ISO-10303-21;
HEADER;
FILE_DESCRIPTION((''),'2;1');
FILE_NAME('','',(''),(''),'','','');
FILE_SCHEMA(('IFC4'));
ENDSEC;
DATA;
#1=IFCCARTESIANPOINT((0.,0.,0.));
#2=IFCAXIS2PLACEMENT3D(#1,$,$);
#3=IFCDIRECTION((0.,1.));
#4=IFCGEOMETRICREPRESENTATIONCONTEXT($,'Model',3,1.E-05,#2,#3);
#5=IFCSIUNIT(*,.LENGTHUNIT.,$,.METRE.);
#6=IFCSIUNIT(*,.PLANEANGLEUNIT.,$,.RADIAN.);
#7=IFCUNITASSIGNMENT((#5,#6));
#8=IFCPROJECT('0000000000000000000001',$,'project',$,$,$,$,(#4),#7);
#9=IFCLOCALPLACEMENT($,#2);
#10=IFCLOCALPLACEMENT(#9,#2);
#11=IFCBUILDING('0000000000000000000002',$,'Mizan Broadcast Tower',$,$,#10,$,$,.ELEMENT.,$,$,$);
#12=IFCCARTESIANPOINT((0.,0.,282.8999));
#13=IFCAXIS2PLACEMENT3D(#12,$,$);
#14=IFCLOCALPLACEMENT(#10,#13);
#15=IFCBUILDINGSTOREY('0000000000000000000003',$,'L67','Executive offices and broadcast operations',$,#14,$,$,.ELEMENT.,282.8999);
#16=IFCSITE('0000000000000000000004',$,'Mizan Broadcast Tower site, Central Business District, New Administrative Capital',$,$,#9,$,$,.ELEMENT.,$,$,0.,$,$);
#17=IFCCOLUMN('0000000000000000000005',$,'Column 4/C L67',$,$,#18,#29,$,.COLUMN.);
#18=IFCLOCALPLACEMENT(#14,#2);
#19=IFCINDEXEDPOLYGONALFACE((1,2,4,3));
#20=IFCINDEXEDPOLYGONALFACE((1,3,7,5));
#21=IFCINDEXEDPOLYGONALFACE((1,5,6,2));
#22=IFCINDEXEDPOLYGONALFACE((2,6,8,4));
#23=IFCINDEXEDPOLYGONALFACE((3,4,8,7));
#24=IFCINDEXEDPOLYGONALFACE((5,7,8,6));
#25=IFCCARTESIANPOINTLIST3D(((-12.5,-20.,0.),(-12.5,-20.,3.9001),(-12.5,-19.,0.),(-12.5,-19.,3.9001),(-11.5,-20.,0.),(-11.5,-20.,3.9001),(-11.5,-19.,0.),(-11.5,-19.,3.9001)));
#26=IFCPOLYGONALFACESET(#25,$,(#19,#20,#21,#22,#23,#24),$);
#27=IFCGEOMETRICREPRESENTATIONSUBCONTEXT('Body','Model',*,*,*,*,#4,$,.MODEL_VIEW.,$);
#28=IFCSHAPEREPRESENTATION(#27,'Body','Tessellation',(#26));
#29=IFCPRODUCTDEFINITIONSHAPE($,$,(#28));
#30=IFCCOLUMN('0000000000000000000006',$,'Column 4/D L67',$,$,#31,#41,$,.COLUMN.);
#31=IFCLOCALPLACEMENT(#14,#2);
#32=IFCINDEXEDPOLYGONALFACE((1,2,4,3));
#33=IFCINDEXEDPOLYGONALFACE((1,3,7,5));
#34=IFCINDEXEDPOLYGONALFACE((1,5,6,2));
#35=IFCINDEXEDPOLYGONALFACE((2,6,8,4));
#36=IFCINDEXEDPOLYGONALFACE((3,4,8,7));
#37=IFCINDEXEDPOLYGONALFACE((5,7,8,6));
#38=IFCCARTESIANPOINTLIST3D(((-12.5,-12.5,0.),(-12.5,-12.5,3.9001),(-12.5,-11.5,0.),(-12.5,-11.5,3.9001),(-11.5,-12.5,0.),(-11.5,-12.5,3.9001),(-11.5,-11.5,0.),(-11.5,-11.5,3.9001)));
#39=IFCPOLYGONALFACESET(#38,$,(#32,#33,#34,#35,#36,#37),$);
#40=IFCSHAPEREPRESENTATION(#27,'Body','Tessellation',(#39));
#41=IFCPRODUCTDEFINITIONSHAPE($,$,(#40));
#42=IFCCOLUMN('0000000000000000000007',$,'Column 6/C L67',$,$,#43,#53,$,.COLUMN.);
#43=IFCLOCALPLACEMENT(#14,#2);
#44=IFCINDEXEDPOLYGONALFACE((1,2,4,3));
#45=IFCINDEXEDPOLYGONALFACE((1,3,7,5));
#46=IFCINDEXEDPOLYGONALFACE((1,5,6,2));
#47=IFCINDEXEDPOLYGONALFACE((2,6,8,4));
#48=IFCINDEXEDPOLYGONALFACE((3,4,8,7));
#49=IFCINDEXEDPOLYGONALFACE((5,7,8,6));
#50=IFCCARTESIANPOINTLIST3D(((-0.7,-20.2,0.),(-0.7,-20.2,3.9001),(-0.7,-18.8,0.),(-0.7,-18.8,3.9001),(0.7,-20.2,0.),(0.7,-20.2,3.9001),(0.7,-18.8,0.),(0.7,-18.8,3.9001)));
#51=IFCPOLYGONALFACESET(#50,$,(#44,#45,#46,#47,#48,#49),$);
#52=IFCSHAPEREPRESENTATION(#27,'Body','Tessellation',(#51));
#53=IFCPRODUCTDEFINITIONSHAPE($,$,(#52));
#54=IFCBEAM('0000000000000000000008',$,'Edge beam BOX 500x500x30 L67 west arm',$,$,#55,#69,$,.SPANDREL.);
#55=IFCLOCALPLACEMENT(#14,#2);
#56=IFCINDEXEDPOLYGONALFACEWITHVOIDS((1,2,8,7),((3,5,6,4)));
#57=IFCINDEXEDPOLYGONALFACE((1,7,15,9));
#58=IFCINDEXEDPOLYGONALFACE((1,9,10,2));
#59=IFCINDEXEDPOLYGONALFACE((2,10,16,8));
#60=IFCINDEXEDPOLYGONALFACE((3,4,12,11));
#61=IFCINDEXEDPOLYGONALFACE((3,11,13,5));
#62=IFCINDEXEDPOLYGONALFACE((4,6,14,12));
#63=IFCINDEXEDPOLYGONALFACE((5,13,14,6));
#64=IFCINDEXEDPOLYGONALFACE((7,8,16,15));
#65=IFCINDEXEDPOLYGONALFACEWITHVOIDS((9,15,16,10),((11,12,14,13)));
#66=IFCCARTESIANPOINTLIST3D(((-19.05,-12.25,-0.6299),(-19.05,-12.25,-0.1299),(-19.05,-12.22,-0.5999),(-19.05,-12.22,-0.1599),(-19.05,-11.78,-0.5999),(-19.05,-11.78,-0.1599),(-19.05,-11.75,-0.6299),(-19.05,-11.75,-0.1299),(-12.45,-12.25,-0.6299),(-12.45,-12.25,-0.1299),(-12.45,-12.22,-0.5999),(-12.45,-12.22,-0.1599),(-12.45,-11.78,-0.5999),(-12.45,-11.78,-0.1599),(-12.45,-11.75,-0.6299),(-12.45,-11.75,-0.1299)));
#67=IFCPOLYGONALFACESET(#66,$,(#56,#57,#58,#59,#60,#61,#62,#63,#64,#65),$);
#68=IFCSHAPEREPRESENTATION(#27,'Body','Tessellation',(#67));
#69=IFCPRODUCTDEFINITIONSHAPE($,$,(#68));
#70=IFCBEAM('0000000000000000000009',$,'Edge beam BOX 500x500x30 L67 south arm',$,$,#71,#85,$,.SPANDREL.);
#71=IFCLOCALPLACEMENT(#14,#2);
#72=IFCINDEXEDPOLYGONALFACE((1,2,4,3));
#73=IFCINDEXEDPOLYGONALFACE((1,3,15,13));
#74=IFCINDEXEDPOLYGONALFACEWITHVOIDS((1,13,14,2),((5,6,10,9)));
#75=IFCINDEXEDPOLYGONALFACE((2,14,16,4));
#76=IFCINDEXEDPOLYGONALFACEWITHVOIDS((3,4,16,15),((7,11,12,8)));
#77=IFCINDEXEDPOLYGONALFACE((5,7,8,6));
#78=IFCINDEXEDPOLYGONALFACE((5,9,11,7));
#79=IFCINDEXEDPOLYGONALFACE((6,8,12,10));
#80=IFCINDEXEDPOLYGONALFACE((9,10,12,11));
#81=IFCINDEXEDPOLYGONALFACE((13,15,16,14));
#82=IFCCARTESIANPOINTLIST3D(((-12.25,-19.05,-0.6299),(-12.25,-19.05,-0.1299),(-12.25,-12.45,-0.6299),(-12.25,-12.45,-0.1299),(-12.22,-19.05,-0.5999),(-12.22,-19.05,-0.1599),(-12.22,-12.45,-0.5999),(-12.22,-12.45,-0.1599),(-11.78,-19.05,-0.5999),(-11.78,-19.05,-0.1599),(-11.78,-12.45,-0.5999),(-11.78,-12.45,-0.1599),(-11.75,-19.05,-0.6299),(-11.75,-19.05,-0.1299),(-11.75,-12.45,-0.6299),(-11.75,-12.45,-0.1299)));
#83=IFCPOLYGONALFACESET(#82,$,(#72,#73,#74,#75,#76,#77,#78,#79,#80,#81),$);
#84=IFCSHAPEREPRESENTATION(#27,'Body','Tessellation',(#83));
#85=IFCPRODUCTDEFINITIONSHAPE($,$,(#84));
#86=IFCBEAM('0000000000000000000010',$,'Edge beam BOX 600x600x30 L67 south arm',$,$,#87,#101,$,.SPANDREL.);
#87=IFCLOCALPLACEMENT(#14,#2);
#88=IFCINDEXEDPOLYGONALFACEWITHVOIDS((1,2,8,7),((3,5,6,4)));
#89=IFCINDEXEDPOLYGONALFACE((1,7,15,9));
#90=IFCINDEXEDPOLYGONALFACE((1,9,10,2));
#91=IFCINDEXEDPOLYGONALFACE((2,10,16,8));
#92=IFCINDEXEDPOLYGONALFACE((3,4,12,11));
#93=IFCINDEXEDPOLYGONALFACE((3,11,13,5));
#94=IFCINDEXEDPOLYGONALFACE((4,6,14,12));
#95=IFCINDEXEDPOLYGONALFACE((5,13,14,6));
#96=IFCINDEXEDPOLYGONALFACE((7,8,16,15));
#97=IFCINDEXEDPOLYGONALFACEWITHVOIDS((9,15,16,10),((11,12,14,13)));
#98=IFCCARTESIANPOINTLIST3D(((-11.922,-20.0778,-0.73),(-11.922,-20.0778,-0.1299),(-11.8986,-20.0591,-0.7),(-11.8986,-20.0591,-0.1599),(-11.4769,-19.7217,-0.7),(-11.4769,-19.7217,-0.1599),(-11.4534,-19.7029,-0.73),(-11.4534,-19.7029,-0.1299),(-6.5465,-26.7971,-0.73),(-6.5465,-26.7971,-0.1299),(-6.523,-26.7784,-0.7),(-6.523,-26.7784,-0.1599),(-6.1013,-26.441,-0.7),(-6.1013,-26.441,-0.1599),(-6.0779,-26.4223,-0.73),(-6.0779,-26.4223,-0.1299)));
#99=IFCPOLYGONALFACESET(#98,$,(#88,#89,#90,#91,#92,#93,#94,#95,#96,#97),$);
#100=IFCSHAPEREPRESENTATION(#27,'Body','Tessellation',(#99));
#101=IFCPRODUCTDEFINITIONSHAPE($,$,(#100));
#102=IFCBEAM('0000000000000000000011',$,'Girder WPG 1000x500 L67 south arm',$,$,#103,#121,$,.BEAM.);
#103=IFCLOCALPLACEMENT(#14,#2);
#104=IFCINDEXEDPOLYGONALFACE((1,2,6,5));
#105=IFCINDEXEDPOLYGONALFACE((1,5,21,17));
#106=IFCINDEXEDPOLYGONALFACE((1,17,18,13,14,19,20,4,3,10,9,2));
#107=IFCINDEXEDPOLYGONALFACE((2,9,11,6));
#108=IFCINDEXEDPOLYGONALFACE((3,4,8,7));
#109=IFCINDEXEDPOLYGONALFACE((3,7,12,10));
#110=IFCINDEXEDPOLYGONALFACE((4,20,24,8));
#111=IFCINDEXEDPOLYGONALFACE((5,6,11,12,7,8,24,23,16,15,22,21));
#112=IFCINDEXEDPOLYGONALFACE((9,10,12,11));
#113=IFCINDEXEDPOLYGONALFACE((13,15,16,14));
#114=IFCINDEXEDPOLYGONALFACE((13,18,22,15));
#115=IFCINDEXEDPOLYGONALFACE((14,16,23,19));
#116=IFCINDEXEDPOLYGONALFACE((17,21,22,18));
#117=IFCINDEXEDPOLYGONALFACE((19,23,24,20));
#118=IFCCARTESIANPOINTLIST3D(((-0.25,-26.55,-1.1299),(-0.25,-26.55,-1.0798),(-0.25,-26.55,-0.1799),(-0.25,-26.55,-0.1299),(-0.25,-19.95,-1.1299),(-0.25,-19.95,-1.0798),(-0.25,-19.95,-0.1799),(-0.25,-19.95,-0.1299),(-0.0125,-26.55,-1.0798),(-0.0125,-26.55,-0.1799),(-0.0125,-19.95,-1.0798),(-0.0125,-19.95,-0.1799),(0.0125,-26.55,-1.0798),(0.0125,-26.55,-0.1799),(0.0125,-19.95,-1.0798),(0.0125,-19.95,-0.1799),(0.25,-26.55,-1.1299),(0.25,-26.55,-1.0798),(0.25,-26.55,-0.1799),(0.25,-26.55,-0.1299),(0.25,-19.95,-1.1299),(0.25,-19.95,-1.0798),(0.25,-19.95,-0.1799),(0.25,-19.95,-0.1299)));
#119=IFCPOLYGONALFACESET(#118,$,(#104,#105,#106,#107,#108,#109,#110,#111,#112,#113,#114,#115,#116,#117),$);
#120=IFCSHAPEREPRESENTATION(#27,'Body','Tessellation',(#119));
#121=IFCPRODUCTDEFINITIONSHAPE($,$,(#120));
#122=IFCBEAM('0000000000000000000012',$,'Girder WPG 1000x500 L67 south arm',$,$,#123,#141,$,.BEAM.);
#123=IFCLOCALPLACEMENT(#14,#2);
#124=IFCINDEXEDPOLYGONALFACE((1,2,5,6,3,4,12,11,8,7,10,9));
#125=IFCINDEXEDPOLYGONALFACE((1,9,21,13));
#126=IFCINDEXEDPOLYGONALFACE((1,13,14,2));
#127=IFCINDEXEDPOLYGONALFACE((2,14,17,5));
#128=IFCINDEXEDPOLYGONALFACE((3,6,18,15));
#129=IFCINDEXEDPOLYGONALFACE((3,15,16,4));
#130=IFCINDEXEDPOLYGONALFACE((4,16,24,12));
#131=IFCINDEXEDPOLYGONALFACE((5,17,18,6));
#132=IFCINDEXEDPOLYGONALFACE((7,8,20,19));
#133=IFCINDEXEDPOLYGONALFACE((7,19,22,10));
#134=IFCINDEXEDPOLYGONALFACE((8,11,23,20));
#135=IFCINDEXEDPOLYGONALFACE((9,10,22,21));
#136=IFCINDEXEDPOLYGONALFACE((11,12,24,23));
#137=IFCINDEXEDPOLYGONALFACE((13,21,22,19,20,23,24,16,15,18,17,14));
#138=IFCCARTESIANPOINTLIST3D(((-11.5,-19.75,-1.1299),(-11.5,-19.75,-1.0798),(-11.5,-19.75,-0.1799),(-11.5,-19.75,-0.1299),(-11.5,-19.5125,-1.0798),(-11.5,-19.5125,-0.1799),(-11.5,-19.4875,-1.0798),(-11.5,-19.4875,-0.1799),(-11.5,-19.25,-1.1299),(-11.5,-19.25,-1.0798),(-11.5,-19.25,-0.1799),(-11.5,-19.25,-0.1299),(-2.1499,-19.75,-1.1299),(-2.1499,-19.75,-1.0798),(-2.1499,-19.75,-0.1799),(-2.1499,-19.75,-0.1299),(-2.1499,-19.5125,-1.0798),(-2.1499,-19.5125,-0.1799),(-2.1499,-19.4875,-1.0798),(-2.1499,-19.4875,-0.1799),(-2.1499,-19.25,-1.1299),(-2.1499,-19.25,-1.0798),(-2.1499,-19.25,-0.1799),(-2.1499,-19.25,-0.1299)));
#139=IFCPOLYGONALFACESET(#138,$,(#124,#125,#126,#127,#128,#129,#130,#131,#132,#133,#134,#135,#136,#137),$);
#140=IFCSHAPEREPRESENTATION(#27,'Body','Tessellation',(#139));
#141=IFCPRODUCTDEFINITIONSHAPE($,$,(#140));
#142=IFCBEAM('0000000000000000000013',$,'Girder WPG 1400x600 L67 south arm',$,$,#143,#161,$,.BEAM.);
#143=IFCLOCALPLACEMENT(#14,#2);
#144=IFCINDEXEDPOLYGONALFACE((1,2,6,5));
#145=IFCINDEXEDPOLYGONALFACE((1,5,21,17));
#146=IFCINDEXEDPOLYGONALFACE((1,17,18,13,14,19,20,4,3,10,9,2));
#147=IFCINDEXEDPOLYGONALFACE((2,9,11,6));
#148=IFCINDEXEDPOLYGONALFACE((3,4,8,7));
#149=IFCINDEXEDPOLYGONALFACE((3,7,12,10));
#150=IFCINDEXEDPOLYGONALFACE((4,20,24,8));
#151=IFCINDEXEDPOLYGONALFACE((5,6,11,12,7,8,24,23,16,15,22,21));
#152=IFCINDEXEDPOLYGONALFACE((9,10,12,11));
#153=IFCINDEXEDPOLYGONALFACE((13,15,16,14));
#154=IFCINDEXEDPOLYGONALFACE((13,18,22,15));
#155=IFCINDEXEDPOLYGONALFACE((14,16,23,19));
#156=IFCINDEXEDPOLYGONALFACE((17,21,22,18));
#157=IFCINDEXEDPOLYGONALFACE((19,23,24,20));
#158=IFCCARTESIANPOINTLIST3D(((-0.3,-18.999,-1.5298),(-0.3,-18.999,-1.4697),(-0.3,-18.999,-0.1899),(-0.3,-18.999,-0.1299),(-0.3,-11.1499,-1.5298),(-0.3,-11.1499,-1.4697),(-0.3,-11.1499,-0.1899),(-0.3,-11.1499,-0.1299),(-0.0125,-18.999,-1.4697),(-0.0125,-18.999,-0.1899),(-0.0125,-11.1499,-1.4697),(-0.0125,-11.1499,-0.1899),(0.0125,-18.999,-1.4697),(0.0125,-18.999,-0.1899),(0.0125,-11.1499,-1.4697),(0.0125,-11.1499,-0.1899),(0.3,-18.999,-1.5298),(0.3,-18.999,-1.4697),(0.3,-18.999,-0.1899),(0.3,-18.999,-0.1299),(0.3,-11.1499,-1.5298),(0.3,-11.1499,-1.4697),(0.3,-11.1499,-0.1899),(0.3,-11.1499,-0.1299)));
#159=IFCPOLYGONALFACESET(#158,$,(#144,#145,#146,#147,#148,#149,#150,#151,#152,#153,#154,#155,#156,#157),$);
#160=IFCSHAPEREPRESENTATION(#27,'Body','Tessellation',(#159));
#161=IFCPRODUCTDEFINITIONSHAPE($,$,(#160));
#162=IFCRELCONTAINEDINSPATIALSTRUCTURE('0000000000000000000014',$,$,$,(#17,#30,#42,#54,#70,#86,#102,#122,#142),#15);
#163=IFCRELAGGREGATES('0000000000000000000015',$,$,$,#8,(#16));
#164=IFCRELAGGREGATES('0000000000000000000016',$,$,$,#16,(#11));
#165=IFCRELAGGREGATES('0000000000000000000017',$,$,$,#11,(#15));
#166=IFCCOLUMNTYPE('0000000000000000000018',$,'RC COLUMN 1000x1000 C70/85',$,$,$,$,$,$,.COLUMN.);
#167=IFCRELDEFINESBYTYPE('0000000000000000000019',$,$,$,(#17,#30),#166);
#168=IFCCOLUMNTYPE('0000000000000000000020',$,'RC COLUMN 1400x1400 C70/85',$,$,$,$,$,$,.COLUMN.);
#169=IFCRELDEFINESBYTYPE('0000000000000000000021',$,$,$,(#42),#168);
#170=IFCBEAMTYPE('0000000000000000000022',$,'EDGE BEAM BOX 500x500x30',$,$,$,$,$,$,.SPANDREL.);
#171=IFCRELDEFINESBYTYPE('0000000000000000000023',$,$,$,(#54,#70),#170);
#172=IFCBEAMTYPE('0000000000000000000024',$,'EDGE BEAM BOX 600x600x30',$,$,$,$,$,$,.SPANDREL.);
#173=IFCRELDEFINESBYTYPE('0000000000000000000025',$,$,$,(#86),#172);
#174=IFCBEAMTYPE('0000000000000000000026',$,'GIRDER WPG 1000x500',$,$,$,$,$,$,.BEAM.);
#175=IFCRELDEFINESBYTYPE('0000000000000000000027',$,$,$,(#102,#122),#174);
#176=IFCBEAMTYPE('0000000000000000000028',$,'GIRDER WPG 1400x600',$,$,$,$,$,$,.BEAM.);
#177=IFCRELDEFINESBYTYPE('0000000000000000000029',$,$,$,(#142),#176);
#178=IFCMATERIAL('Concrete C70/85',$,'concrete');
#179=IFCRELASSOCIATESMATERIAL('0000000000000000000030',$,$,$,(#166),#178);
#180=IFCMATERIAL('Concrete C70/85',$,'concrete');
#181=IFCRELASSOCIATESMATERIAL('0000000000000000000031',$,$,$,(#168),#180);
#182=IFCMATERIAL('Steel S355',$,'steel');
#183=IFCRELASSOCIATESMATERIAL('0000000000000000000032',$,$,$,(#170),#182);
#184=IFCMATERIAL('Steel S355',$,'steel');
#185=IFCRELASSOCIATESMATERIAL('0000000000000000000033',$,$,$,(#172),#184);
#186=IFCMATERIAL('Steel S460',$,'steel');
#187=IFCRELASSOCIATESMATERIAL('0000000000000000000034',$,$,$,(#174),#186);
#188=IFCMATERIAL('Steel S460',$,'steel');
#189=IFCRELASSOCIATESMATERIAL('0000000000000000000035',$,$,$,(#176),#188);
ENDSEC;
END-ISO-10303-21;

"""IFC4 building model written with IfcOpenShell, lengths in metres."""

from ifc_helpers import new_model, si_unit, direction, frame, origin, origin_2d, place, context, subcontext, project, spatial, rectangle, hollow_rectangle, i_section, extrude, material, material_profile, profile_set, type_object, element, save


model = new_model("IFC4")

# Units and contexts
model_context = context("Model", 3, precision=1e-05, world=origin(), true_north=direction((0.0, 1.0)))
body_context = subcontext(model_context, "Body", "Model", "MODEL_VIEW")
ifc_project = project(units=[si_unit("LENGTHUNIT", "METRE"), si_unit("PLANEANGLEUNIT", "RADIAN")], contexts=[model_context])

# Site, building, storey
site_placement = place(None, origin())
site = spatial("IfcSite", under=ifc_project, at=site_placement, Name="Mizan Broadcast Tower site, Central Business District, New Administrative Capital", CompositionType="ELEMENT", RefElevation=0.0)
building_placement = place(site_placement, origin())
building = spatial("IfcBuilding", under=site, at=building_placement, Name="Mizan Broadcast Tower", CompositionType="ELEMENT")
storey_placement = place(building_placement, frame((0.0, 0.0, 282.8999)))
storey = spatial("IfcBuildingStorey", under=building, at=storey_placement, Name="L67", Description="Executive offices and broadcast operations", CompositionType="ELEMENT", Elevation=282.8999)

# Columns
ifc_material_1 = material(Name="Concrete C70/85", Category="concrete")
ifc_material_profile_1 = material_profile(ifc_material_1, rectangle(XDim=1.0, YDim=1.0, at=origin_2d()), Name="RC 1000x1000")
ifc_profile_set_1 = profile_set([ifc_material_profile_1], Name="Concrete C70/85")
column_type_1 = type_object("IfcColumnType", Name="RC COLUMN 1000x1000 C70/85", PredefinedType="COLUMN", material=ifc_profile_set_1)
for number, where, z_axis, x_axis, name in (
    (1, (-12.0, -19.5, 0.0), (0.0, 0.0, 1.0), (1.0, 0.0, 0.0), "Column 4/C L67"),
    (2, (-12.0, -12.0, 0.0), (0.0, 0.0, 1.0), (1.0, 0.0, 0.0), "Column 4/D L67"),
):
    element("IfcColumn", number, at=place(storey_placement, frame(where, z_axis=z_axis, x_axis=x_axis)), inside=storey, type_object=column_type_1, Name=name, PredefinedType="COLUMN", context=body_context, shape_type="SweptSolid", body=[
        extrude(rectangle(XDim=1.0, YDim=1.0, at=origin_2d()), origin(), (0.0, 0.0, 1.0), 3.9001),
    ])
ifc_material_2 = material(Name="Concrete C70/85", Category="concrete")
ifc_material_profile_2 = material_profile(ifc_material_2, rectangle(XDim=1.3999, YDim=1.3999, at=origin_2d()), Name="RC 1400x1400")
ifc_profile_set_2 = profile_set([ifc_material_profile_2], Name="Concrete C70/85")
column_type_2 = type_object("IfcColumnType", Name="RC COLUMN 1400x1400 C70/85", PredefinedType="COLUMN", material=ifc_profile_set_2)
column_placement = place(storey_placement, frame((0.0, -19.5, 0.0), z_axis=(0.0, 0.0, 1.0), x_axis=(1.0, 0.0, 0.0)))
element("IfcColumn", 3, at=column_placement, inside=storey, type_object=column_type_2, Name="Column 6/C L67", PredefinedType="COLUMN", context=body_context, shape_type="SweptSolid", body=[
    extrude(rectangle(XDim=1.3999, YDim=1.3999, at=origin_2d()), origin(), (0.0, 0.0, 1.0), 3.9001),
])

# Beams
ifc_material_3 = material(Name="Steel S355", Category="steel")
ifc_material_profile_3 = material_profile(ifc_material_3, hollow_rectangle(XDim=0.5, YDim=0.5, WallThickness=0.03, at=origin_2d()), Name="BOX 500x500x30")
ifc_profile_set_3 = profile_set([ifc_material_profile_3], Name="Steel S355")
beam_type_1 = type_object("IfcBeamType", Name="EDGE BEAM BOX 500x500x30", PredefinedType="SPANDREL", material=ifc_profile_set_3)
for number, where, z_axis, x_axis, name in (
    (4, (-12.45, -12.0, -0.3799), (-1.0, 0.0, 0.0), (0.0, -1.0, 0.0), "Edge beam BOX 500x500x30 L67 west arm"),
    (5, (-12.0, -12.45, -0.3799), (0.0, -1.0, 0.0), (1.0, 0.0, 0.0), "Edge beam BOX 500x500x30 L67 south arm"),
):
    element("IfcBeam", number, at=place(storey_placement, frame(where, z_axis=z_axis, x_axis=x_axis)), inside=storey, type_object=beam_type_1, Name=name, PredefinedType="SPANDREL", context=body_context, shape_type="SweptSolid", body=[
        extrude(hollow_rectangle(XDim=0.5, YDim=0.5, WallThickness=0.03, at=origin_2d()), origin(), (0.0, 0.0, 1.0), 6.6001),
    ])
ifc_material_4 = material(Name="Steel S355", Category="steel")
ifc_material_profile_4 = material_profile(ifc_material_4, hollow_rectangle(XDim=0.6001, YDim=0.6001, WallThickness=0.03, at=origin_2d()), Name="BOX 600x600x30")
ifc_profile_set_4 = profile_set([ifc_material_profile_4], Name="Steel S355")
beam_type_2 = type_object("IfcBeamType", Name="EDGE BEAM BOX 600x600x30", PredefinedType="SPANDREL", material=ifc_profile_set_4)
beam_1_placement = place(storey_placement, frame((-11.6877, -19.8904, -0.4299), z_axis=(0.624702, -0.780863, 0.0), x_axis=(0.780863, 0.624702, 0.0)))
element("IfcBeam", 6, at=beam_1_placement, inside=storey, type_object=beam_type_2, Name="Edge beam BOX 600x600x30 L67 south arm", PredefinedType="SPANDREL", context=body_context, shape_type="SweptSolid", body=[
    extrude(hollow_rectangle(XDim=0.6001, YDim=0.6001, WallThickness=0.03, at=origin_2d()), origin(), (0.0, 0.0, 1.0), 8.605),
])
ifc_material_5 = material(Name="Steel S460", Category="steel")
ifc_material_profile_5 = material_profile(ifc_material_5, i_section(OverallWidth=0.5, OverallDepth=1.0, WebThickness=0.0249, FlangeThickness=0.05, at=origin_2d()), Name="WPG 1000x500")
ifc_profile_set_5 = profile_set([ifc_material_profile_5], Name="Steel S460")
beam_type_3 = type_object("IfcBeamType", Name="GIRDER WPG 1000x500", PredefinedType="BEAM", material=ifc_profile_set_5)
beam_2_placement = place(storey_placement, frame((0.0, -19.95, -0.6299), z_axis=(0.0, -1.0, 0.0), x_axis=(1.0, 0.0, 0.0)))
element("IfcBeam", 7, at=beam_2_placement, inside=storey, type_object=beam_type_3, Name="Girder WPG 1000x500 L67 south arm", PredefinedType="BEAM", context=body_context, shape_type="SweptSolid", body=[
    extrude(i_section(OverallWidth=0.5, OverallDepth=1.0, WebThickness=0.0249, FlangeThickness=0.05, at=origin_2d()), origin(), (0.0, 0.0, 1.0), 6.6001),
])
beam_3_placement = place(storey_placement, frame((-11.5, -19.5, -0.6299), z_axis=(1.0, 0.0, 0.0), x_axis=(0.0, 1.0, 0.0)))
element("IfcBeam", 8, at=beam_3_placement, inside=storey, type_object=beam_type_3, Name="Girder WPG 1000x500 L67 south arm", PredefinedType="BEAM", context=body_context, shape_type="SweptSolid", body=[
    extrude(i_section(OverallWidth=0.5, OverallDepth=1.0, WebThickness=0.0249, FlangeThickness=0.05, at=origin_2d()), origin(), (0.0, 0.0, 1.0), 9.3501),
])
ifc_material_6 = material(Name="Steel S460", Category="steel")
ifc_material_profile_6 = material_profile(ifc_material_6, i_section(OverallWidth=0.6001, OverallDepth=1.3999, WebThickness=0.0249, FlangeThickness=0.0601, at=origin_2d()), Name="WPG 1400x600")
ifc_profile_set_6 = profile_set([ifc_material_profile_6], Name="Steel S460")
beam_type_4 = type_object("IfcBeamType", Name="GIRDER WPG 1400x600", PredefinedType="BEAM", material=ifc_profile_set_6)
beam_4_placement = place(storey_placement, frame((0.0, -11.1499, -0.8298), z_axis=(0.0, -1.0, 0.0), x_axis=(1.0, 0.0, 0.0)))
element("IfcBeam", 9, at=beam_4_placement, inside=storey, type_object=beam_type_4, Name="Girder WPG 1400x600 L67 south arm", PredefinedType="BEAM", context=body_context, shape_type="SweptSolid", body=[
    extrude(i_section(OverallWidth=0.6001, OverallDepth=1.3999, WebThickness=0.0249, FlangeThickness=0.0601, at=origin_2d()), origin(), (0.0, 0.0, 1.0), 7.8491),
])

save(model, "model.ifc")
